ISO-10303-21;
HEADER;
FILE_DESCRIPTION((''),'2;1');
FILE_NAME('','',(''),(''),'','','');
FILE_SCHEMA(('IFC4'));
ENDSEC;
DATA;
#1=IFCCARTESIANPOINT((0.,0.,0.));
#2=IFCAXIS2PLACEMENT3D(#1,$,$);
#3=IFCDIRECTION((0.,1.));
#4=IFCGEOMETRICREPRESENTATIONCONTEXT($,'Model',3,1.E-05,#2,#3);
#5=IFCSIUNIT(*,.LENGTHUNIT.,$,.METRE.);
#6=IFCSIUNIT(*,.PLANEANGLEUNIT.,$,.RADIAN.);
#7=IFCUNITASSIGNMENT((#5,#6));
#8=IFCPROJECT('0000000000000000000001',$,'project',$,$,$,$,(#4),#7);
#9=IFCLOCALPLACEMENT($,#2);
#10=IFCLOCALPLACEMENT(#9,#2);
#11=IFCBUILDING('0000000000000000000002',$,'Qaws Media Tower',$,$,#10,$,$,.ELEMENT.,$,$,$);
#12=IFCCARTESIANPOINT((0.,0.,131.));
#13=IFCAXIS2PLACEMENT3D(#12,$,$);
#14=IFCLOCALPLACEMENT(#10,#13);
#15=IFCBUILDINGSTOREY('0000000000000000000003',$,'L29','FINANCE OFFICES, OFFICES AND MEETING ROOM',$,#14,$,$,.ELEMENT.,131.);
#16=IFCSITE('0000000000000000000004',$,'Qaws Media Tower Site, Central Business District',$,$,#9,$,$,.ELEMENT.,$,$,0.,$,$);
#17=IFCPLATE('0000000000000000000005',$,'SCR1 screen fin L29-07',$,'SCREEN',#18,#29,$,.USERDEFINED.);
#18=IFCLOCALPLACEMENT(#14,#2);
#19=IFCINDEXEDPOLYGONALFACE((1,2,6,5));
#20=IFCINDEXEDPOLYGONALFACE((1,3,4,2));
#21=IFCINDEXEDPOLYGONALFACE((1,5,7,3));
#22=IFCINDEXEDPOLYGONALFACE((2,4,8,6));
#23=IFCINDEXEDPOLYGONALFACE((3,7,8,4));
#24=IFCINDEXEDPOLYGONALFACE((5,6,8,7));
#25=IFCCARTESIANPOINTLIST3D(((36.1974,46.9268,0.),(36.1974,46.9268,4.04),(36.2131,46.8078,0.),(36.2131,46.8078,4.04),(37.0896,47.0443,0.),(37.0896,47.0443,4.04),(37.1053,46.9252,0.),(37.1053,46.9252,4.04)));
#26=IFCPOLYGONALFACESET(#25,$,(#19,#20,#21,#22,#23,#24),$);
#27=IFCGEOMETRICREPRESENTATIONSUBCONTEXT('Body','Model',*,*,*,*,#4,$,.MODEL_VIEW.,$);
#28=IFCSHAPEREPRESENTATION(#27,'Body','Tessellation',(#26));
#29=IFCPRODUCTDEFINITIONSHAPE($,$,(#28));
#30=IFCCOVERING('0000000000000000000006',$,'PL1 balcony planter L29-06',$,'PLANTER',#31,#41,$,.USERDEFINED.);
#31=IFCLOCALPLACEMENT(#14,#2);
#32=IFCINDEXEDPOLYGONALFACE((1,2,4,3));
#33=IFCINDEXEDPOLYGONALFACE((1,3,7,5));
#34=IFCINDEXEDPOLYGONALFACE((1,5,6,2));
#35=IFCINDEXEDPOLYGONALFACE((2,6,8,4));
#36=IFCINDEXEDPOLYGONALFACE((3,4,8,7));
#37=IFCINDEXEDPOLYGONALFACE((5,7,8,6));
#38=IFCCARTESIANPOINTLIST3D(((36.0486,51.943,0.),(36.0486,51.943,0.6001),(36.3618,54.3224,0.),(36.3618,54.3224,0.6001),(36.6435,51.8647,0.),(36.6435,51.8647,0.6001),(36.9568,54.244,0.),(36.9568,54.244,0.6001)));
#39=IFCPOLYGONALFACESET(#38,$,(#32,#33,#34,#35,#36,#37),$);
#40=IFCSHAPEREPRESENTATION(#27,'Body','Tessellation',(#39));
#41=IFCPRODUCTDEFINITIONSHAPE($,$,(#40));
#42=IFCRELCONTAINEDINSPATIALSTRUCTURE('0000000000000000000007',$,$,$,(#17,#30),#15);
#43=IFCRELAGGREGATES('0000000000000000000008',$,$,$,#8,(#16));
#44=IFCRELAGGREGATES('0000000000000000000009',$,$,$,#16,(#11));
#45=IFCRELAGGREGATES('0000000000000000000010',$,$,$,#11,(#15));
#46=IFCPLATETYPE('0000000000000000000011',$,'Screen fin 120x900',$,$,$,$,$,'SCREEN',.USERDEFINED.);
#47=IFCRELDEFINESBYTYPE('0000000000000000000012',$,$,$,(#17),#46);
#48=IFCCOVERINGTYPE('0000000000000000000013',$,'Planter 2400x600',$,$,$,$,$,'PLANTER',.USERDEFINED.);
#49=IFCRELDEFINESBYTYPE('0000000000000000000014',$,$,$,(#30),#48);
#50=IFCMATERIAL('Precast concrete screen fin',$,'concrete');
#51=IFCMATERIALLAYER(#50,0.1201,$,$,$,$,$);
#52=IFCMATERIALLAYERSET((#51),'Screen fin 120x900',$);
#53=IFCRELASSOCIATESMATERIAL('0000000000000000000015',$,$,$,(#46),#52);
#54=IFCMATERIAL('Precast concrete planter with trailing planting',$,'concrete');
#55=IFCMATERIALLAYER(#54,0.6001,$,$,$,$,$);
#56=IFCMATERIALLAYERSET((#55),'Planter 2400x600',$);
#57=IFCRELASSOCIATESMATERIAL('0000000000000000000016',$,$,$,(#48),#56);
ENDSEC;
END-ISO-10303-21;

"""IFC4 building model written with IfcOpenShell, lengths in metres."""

from ifc_helpers import new_model, si_unit, direction, frame, origin, origin_2d, place, context, subcontext, project, spatial, rectangle, extrude, material, layer, layer_set, type_object, element, save


model = new_model("IFC4")

# Units and contexts
model_context = context("Model", 3, precision=1e-05, world=origin(), true_north=direction((0.0, 1.0)))
body_context = subcontext(model_context, "Body", "Model", "MODEL_VIEW")
ifc_project = project(units=[si_unit("LENGTHUNIT", "METRE"), si_unit("PLANEANGLEUNIT", "RADIAN")], contexts=[model_context])

# Site, building, storey
site_placement = place(None, origin())
site = spatial("IfcSite", under=ifc_project, at=site_placement, Name="Qaws Media Tower Site, Central Business District", CompositionType="ELEMENT", RefElevation=0.0)
building_placement = place(site_placement, origin())
building = spatial("IfcBuilding", under=site, at=building_placement, Name="Qaws Media Tower", CompositionType="ELEMENT")
storey_placement = place(building_placement, frame((0.0, 0.0, 131.0)))
storey = spatial("IfcBuildingStorey", under=building, at=storey_placement, Name="L29", Description="FINANCE OFFICES, OFFICES AND MEETING ROOM", CompositionType="ELEMENT", Elevation=131.0)

# Plate
ifc_material_1 = material(Name="Precast concrete screen fin", Category="concrete")
ifc_layer_1 = layer(ifc_material_1, 0.1201)
ifc_layer_set_1 = layer_set([ifc_layer_1], Name="Screen fin 120x900")
plate_type_1 = type_object("IfcPlateType", Name="Screen fin 120x900", ElementType="SCREEN", PredefinedType="USERDEFINED", material=ifc_layer_set_1)
for number, where, z_axis, x_axis, name in (
    (1, (36.6514, 46.926, 0.0), (0.0, 0.0, 1.0), (-0.991445, -0.130526, 0.0), "SCR1 screen fin L29-07"),
):
    element("IfcPlate", number, at=place(storey_placement, frame(where, z_axis=z_axis, x_axis=x_axis)), inside=storey, type_object=plate_type_1, Name=name, ObjectType="SCREEN", PredefinedType="USERDEFINED", context=body_context, shape_type="SweptSolid", body=[
        extrude(rectangle(XDim=0.8999, YDim=0.1201, at=origin_2d()), origin(), (0.0, 0.0, 1.0), 4.04),
    ])

# Covering
ifc_material_2 = material(Name="Precast concrete planter with trailing planting", Category="concrete")
ifc_layer_2 = layer(ifc_material_2, 0.6001)
ifc_layer_set_2 = layer_set([ifc_layer_2], Name="Planter 2400x600")
covering_type = type_object("IfcCoveringType", Name="Planter 2400x600", ElementType="PLANTER", PredefinedType="USERDEFINED", material=ifc_layer_set_2)
covering_placement = place(storey_placement, frame((36.5027, 53.0935, 0.0), z_axis=(0.0, 0.0, 1.0), x_axis=(-0.130526, -0.991445, 0.0)))
element("IfcCovering", 2, at=covering_placement, inside=storey, type_object=covering_type, Name="PL1 balcony planter L29-06", ObjectType="PLANTER", PredefinedType="USERDEFINED", context=body_context, shape_type="SweptSolid", body=[
    extrude(rectangle(XDim=2.3999, YDim=0.6001, at=origin_2d()), origin(), (0.0, 0.0, 1.0), 0.6001),
])

save(model, "model.ifc")
